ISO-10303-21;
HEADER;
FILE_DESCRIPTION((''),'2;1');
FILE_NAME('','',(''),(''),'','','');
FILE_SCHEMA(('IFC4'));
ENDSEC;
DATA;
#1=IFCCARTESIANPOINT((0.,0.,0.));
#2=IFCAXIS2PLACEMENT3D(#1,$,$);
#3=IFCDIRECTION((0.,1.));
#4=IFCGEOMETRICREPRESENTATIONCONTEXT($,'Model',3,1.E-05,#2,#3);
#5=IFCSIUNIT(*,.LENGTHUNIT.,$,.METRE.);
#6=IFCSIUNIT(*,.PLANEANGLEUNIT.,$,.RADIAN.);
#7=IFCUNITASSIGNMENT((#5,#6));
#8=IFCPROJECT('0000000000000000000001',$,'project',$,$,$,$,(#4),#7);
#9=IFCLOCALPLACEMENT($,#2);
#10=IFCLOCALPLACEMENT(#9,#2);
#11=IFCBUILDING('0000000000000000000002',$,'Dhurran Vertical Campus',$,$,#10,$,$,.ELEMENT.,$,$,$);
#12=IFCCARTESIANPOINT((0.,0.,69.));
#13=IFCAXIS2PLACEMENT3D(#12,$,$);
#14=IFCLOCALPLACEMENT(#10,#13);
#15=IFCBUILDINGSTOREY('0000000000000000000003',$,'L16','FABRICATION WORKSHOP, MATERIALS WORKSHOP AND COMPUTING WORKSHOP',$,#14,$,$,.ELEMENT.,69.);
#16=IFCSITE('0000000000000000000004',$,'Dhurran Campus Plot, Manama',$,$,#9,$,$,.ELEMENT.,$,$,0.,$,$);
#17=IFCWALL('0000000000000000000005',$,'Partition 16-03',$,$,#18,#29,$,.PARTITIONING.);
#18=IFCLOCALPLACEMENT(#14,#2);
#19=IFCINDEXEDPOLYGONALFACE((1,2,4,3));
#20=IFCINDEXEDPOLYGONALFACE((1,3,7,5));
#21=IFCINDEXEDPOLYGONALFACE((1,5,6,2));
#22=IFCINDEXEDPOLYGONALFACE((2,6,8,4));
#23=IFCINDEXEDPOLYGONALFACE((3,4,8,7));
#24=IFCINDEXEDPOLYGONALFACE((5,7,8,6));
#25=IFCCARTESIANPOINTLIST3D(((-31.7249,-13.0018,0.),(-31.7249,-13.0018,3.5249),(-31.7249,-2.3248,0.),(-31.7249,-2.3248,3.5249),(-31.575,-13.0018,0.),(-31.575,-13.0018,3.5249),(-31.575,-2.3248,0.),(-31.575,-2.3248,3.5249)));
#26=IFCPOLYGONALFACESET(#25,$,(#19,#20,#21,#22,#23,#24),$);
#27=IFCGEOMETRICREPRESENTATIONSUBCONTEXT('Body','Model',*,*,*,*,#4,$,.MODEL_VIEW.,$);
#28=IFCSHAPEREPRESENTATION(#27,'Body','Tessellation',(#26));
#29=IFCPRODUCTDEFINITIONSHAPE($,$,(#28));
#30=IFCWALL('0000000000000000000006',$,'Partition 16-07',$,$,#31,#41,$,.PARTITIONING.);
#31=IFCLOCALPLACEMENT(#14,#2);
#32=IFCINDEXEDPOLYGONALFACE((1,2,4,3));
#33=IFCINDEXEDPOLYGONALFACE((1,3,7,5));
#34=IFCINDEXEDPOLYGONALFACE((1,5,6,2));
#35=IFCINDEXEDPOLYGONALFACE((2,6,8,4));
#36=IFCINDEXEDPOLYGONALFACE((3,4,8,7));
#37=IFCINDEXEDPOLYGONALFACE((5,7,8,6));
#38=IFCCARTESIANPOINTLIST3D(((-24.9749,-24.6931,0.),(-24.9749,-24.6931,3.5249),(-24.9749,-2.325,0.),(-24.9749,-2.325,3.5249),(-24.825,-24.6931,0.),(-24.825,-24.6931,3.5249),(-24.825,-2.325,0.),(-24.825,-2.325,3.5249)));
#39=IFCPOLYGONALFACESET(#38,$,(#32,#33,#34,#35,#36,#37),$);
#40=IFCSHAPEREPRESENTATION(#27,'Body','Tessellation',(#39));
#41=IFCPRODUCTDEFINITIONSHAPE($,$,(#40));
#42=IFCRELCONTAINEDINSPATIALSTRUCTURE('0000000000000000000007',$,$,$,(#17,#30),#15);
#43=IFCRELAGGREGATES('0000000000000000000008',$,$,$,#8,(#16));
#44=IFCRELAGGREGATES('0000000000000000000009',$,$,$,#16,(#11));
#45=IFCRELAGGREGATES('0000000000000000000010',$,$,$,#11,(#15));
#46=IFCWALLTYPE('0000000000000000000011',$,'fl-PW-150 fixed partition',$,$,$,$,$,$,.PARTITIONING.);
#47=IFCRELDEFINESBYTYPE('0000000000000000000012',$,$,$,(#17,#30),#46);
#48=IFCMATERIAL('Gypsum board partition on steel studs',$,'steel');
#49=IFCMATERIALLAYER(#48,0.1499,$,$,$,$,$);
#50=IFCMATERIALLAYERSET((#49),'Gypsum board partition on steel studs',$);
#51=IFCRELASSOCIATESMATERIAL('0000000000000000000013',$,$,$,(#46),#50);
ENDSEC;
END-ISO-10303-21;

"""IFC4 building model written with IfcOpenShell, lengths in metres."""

from ifc_helpers import new_model, si_unit, direction, frame, frame_2d, origin, place, context, subcontext, project, spatial, rectangle, extrude, material, layer, layer_set, type_object, element, save


model = new_model("IFC4")

# Units and contexts
model_context = context("Model", 3, precision=1e-05, world=origin(), true_north=direction((0.0, 1.0)))
body_context = subcontext(model_context, "Body", "Model", "MODEL_VIEW")
ifc_project = project(units=[si_unit("LENGTHUNIT", "METRE"), si_unit("PLANEANGLEUNIT", "RADIAN")], contexts=[model_context])

# Site, building, storey
site_placement = place(None, origin())
site = spatial("IfcSite", under=ifc_project, at=site_placement, Name="Dhurran Campus Plot, Manama", CompositionType="ELEMENT", RefElevation=0.0)
building_placement = place(site_placement, origin())
building = spatial("IfcBuilding", under=site, at=building_placement, Name="Dhurran Vertical Campus", CompositionType="ELEMENT")
storey_placement = place(building_placement, frame((0.0, 0.0, 69.0)))
storey = spatial("IfcBuildingStorey", under=building, at=storey_placement, Name="L16", Description="FABRICATION WORKSHOP, MATERIALS WORKSHOP AND COMPUTING WORKSHOP", CompositionType="ELEMENT", Elevation=69.0)

# Walls
ifc_material_1 = material(Name="Gypsum board partition on steel studs", Category="steel")
ifc_layer_1 = layer(ifc_material_1, 0.1499)
ifc_layer_set_1 = layer_set([ifc_layer_1], Name="Gypsum board partition on steel studs")
wall_type_1 = type_object("IfcWallType", Name="fl-PW-150 fixed partition", PredefinedType="PARTITIONING", material=ifc_layer_set_1)
wall_1_placement = place(storey_placement, frame((-31.6499, -2.325, 0.0), z_axis=(0.0, 0.0, 1.0), x_axis=(0.0, -1.0, 0.0)))
element("IfcWall", 1, at=wall_1_placement, inside=storey, type_object=wall_type_1, Name="Partition 16-03", PredefinedType="PARTITIONING", context=body_context, shape_type="SweptSolid", body=[
    extrude(rectangle(XDim=10.677, YDim=0.1499, at=frame_2d((5.3384, 0.0))), origin(), (0.0, 0.0, 1.0), 3.5249),
])
wall_2_placement = place(storey_placement, frame((-24.8999, -2.325, 0.0), z_axis=(0.0, 0.0, 1.0), x_axis=(0.0, -1.0, 0.0)))
element("IfcWall", 2, at=wall_2_placement, inside=storey, type_object=wall_type_1, Name="Partition 16-07", PredefinedType="PARTITIONING", context=body_context, shape_type="SweptSolid", body=[
    extrude(rectangle(XDim=22.3682, YDim=0.1499, at=frame_2d((11.1841, 0.0))), origin(), (0.0, 0.0, 1.0), 3.5249),
])

save(model, "model.ifc")
